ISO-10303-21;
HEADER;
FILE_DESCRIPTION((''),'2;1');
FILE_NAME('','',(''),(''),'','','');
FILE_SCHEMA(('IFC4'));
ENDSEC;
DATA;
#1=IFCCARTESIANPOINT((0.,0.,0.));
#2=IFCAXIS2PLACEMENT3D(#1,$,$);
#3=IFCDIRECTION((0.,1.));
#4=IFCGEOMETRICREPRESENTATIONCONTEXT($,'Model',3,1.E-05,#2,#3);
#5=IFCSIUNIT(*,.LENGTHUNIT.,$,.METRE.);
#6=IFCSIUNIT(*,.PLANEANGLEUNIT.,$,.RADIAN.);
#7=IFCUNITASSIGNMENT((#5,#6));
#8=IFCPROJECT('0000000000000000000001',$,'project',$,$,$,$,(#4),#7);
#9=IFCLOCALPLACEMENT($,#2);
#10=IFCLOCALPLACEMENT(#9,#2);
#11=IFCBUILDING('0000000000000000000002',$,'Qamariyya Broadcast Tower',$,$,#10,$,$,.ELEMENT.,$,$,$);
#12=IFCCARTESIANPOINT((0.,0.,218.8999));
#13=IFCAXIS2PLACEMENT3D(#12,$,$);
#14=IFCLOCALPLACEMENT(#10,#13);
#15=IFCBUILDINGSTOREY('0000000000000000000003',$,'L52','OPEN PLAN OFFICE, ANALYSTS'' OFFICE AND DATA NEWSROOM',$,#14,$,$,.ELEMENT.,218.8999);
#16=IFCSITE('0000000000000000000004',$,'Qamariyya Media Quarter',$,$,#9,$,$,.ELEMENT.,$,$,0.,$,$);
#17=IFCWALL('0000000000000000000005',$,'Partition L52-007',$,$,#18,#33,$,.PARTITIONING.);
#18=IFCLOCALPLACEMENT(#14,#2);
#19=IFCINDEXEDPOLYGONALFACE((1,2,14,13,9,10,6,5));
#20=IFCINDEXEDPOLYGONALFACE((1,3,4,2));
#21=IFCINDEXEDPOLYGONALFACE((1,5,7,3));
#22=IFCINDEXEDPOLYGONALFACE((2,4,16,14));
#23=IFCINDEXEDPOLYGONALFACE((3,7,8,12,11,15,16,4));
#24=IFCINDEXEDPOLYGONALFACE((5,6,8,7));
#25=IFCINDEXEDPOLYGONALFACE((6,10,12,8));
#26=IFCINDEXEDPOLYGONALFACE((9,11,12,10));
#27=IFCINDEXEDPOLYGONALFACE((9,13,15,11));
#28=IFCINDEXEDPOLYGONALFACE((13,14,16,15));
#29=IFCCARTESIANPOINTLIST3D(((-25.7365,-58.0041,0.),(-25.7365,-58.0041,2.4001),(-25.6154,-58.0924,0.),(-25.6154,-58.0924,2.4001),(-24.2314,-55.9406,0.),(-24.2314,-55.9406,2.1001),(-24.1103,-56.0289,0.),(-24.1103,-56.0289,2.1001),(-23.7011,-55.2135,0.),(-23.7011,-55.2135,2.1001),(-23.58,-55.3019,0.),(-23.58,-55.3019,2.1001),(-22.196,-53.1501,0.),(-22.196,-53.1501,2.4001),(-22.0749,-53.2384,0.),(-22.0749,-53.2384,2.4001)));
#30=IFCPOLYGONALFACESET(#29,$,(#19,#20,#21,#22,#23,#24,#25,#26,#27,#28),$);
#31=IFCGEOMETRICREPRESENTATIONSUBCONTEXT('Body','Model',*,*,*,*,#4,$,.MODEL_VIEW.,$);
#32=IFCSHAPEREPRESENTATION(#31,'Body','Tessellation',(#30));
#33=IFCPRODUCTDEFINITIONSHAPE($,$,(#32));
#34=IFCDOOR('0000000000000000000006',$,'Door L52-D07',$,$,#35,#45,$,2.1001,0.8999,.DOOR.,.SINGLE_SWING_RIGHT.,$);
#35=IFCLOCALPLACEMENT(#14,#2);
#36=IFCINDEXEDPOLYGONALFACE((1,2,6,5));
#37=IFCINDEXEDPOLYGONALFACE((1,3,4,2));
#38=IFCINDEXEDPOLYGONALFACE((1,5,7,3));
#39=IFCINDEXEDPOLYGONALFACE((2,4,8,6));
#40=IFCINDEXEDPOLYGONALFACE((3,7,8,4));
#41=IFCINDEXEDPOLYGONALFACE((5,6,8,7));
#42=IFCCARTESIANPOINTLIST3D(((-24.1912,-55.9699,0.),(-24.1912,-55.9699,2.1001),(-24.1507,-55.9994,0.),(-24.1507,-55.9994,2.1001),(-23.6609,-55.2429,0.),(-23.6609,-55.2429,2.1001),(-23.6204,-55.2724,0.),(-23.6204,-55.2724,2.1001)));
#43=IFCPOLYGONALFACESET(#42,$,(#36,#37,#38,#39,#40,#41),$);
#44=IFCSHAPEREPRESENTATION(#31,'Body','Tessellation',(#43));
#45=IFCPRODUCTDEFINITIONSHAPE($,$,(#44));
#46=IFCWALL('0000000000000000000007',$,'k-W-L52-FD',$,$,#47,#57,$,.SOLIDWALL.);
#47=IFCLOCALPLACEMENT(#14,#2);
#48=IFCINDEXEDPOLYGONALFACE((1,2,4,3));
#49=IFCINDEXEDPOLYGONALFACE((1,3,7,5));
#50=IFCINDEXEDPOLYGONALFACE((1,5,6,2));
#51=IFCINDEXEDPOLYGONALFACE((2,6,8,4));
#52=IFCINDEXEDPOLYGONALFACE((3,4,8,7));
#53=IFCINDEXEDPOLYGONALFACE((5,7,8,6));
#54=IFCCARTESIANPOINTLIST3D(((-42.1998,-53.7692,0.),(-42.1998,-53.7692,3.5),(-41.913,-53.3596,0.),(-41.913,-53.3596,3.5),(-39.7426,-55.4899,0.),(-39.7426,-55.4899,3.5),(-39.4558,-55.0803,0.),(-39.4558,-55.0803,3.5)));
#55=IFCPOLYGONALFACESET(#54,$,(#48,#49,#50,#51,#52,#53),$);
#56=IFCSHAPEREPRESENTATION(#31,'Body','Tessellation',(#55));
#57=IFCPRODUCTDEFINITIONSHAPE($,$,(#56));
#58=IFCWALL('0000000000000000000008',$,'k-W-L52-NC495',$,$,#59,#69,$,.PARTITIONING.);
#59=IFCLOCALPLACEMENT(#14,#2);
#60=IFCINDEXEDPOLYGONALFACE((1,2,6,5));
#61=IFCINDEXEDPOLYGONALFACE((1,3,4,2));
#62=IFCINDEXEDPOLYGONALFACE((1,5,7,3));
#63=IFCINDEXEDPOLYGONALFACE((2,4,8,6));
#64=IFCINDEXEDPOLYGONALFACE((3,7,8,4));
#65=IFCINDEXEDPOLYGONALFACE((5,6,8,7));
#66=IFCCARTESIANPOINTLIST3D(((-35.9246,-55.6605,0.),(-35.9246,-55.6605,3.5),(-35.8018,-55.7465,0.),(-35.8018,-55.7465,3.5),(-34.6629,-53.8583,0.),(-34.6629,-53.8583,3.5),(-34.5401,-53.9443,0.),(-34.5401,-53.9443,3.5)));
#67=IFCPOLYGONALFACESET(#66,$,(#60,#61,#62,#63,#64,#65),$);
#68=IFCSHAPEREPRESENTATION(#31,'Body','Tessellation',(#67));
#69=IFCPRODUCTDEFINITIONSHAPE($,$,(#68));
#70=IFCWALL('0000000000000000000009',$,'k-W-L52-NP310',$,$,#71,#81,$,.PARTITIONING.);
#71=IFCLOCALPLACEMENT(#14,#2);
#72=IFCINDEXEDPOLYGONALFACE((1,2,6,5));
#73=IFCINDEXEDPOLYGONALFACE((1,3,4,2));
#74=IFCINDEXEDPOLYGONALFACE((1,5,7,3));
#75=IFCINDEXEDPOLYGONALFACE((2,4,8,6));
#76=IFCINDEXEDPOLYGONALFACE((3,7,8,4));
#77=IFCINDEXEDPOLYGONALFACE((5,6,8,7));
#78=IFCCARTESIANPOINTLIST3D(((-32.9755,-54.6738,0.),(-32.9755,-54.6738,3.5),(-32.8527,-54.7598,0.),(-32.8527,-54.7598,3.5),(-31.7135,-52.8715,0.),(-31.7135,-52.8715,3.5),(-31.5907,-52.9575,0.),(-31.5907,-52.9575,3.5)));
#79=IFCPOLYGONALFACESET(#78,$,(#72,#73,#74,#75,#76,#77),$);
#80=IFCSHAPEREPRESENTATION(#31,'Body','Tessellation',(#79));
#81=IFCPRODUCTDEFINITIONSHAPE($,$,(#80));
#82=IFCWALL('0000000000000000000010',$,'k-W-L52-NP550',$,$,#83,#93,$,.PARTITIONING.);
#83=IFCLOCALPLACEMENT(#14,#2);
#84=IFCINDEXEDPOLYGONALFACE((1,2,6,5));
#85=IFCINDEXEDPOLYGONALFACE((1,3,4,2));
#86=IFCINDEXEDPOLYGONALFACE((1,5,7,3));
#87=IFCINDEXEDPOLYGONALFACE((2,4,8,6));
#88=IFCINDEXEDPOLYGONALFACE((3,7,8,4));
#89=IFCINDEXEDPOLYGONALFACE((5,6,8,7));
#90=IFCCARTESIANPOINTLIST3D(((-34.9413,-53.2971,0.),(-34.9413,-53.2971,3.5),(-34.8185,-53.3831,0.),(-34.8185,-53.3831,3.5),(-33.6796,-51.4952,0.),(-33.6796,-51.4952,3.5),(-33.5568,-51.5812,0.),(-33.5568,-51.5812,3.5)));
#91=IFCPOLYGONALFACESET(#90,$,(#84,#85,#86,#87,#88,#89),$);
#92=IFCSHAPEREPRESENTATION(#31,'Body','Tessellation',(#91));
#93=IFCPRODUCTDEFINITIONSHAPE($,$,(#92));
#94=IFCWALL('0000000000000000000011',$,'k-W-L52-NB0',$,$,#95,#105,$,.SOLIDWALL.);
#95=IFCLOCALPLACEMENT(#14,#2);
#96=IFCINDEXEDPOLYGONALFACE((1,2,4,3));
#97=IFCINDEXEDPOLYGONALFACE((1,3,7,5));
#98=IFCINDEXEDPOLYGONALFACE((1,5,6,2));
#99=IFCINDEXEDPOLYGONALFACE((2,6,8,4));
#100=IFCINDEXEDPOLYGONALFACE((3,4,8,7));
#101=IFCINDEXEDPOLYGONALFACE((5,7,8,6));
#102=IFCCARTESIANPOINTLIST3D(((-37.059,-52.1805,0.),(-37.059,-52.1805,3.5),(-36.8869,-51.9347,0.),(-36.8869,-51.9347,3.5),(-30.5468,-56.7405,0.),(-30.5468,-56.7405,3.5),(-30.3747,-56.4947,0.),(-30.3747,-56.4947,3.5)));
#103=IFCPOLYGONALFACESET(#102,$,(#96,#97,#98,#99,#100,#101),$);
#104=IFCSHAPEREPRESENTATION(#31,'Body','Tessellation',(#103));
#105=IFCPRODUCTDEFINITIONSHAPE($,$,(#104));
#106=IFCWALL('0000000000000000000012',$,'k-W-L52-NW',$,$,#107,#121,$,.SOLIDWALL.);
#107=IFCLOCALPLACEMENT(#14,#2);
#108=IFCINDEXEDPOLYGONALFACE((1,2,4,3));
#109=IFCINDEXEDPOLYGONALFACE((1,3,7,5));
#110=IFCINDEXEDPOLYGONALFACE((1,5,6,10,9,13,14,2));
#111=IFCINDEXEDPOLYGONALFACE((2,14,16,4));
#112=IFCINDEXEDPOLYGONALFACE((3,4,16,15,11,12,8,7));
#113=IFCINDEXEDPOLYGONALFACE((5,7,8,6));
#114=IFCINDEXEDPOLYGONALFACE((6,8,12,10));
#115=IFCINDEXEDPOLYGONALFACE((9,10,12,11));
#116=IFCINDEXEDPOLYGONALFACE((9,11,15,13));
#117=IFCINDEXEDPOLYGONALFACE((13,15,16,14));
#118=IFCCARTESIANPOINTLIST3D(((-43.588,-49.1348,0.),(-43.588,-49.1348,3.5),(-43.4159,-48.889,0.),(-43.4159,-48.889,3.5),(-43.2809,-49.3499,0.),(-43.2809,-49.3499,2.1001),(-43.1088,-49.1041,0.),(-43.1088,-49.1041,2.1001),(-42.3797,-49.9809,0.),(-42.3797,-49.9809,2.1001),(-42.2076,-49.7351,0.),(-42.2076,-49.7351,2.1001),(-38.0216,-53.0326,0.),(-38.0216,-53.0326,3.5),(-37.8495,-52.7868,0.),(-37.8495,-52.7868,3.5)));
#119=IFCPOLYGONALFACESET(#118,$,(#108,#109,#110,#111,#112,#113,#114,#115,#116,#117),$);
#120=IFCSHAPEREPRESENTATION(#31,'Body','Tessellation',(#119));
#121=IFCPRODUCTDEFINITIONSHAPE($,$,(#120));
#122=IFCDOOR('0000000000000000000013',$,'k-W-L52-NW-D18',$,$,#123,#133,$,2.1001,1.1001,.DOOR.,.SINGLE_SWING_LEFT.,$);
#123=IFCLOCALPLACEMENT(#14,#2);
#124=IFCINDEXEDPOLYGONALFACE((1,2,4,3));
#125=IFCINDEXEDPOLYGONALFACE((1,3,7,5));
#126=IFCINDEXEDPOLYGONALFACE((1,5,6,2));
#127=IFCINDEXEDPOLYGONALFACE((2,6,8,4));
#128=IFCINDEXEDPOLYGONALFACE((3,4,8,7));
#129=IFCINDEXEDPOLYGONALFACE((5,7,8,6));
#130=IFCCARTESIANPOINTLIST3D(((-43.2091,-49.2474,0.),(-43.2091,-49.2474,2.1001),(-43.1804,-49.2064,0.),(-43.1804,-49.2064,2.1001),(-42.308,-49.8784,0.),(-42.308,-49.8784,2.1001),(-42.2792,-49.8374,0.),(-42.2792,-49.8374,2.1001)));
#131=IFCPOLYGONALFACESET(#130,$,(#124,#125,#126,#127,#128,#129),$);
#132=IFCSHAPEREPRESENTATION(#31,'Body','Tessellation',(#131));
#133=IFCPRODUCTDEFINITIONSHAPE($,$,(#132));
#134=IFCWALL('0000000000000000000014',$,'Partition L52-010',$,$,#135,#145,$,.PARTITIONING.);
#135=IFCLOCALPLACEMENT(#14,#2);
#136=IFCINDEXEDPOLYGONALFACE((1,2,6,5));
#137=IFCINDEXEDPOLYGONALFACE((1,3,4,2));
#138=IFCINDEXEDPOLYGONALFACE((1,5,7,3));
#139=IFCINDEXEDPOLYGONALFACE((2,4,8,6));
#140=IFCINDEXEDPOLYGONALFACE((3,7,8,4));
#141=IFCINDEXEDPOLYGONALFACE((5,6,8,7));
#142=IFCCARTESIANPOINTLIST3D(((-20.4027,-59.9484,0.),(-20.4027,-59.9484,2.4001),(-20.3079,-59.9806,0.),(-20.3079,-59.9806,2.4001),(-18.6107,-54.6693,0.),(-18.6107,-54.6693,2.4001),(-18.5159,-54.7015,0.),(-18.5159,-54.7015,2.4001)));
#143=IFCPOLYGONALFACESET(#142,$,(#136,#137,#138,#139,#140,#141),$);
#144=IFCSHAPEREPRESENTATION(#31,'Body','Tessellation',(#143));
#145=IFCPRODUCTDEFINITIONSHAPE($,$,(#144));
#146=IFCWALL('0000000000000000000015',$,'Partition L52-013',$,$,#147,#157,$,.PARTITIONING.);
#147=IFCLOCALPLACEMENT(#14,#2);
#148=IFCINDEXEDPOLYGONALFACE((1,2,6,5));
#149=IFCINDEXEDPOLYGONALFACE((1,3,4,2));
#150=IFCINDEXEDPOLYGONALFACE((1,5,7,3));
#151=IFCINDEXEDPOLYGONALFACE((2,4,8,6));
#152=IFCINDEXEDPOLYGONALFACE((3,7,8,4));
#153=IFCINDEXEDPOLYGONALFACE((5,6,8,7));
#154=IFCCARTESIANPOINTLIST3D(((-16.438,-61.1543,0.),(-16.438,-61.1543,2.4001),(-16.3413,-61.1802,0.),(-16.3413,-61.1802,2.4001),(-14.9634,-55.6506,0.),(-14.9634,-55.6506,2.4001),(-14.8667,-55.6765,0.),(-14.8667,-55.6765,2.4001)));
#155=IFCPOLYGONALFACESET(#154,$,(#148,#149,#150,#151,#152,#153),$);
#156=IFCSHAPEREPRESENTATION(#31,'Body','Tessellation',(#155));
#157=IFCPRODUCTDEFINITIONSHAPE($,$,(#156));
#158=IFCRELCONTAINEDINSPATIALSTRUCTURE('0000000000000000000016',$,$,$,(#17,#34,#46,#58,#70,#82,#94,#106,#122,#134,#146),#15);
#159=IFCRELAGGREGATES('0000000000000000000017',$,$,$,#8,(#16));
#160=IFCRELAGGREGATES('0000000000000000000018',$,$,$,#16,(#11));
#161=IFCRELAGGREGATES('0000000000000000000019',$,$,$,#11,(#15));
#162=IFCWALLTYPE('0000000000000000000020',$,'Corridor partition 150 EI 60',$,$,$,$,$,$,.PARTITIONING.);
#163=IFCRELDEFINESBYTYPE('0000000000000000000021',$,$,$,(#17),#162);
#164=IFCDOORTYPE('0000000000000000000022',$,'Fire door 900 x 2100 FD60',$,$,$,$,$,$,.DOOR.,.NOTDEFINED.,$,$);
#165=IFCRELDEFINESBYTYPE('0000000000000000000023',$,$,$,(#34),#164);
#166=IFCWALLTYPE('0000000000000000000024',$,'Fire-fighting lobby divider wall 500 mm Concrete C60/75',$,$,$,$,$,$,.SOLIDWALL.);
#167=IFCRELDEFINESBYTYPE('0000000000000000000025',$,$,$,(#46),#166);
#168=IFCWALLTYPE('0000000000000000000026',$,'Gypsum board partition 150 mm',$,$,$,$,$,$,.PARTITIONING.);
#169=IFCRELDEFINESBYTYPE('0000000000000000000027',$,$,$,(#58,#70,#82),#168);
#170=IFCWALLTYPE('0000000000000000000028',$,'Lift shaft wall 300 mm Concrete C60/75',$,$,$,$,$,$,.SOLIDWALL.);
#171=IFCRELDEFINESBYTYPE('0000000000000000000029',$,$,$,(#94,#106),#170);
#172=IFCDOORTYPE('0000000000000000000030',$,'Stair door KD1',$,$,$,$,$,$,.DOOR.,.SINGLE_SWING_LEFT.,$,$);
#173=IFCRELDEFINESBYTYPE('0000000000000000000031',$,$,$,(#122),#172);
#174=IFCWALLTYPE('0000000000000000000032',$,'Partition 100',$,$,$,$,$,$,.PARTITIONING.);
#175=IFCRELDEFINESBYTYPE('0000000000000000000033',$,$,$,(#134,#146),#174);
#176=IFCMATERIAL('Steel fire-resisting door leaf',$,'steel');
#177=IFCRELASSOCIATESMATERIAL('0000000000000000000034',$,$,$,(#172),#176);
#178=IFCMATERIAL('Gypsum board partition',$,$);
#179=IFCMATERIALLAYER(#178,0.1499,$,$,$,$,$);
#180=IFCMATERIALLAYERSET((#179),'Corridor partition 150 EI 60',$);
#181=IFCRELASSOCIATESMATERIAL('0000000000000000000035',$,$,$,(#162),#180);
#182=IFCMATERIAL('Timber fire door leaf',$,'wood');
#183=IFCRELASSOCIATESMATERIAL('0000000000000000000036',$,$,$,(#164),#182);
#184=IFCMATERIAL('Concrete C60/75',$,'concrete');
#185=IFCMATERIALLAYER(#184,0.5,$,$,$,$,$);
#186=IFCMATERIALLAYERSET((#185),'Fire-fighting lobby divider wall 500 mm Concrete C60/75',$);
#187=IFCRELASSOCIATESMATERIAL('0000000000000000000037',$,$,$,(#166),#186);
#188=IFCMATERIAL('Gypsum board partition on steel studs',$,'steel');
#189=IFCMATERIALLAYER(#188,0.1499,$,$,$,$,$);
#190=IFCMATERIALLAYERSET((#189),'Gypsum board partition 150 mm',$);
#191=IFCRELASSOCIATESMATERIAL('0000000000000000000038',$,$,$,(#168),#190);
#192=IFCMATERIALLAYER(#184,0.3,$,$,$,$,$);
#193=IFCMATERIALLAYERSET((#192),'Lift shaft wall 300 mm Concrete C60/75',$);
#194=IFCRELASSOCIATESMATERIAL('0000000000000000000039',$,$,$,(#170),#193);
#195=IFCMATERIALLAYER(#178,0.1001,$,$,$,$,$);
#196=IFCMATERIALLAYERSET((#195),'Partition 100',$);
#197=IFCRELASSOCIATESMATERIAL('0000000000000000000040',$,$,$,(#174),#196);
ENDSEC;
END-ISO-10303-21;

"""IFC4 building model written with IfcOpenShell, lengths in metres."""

from ifc_helpers import new_model, si_unit, direction, frame, frame_2d, origin, place, context, subcontext, project, spatial, rectangle, extrude, material, layer, layer_set, type_object, element, fill, save


model = new_model("IFC4")

# Units and contexts
model_context = context("Model", 3, precision=1e-05, world=origin(), true_north=direction((0.0, 1.0)))
body_context = subcontext(model_context, "Body", "Model", "MODEL_VIEW")
ifc_project = project(units=[si_unit("LENGTHUNIT", "METRE"), si_unit("PLANEANGLEUNIT", "RADIAN")], contexts=[model_context])

# Site, building, storey
site_placement = place(None, origin())
site = spatial("IfcSite", under=ifc_project, at=site_placement, Name="Qamariyya Media Quarter", CompositionType="ELEMENT", RefElevation=0.0)
building_placement = place(site_placement, origin())
building = spatial("IfcBuilding", under=site, at=building_placement, Name="Qamariyya Broadcast Tower", CompositionType="ELEMENT")
storey_placement = place(building_placement, frame((0.0, 0.0, 218.8999)))
storey = spatial("IfcBuildingStorey", under=building, at=storey_placement, Name="L52", Description="OPEN PLAN OFFICE, ANALYSTS' OFFICE AND DATA NEWSROOM", CompositionType="ELEMENT", Elevation=218.8999)

# Shared definitions
ifc_material_1 = material(Name="Concrete C60/75", Category="concrete")

# Shared definitions
ifc_material_2 = material(Name="Steel fire-resisting door leaf", Category="steel")
door_type_1 = type_object("IfcDoorType", Name="Stair door KD1", OperationType="SINGLE_SWING_LEFT", PredefinedType="DOOR", material=ifc_material_2)

# Wall, opening, door
ifc_material_3 = material(Name="Gypsum board partition")
ifc_layer_1 = layer(ifc_material_3, 0.1499)
ifc_layer_set_1 = layer_set([ifc_layer_1], Name="Corridor partition 150 EI 60")
wall_type_1 = type_object("IfcWallType", Name="Corridor partition 150 EI 60", PredefinedType="PARTITIONING", material=ifc_layer_set_1)
wall_1_placement = place(storey_placement, frame((-22.1355, -53.1943, 0.0), z_axis=(0.0, 0.0, 1.0), x_axis=(-0.589297, -0.807916, 0.0)))
wall_1 = element("IfcWall", 1, at=wall_1_placement, inside=storey, type_object=wall_type_1, Name="Partition L52-007", PredefinedType="PARTITIONING", context=body_context, shape_type="SweptSolid", body=[
    extrude(rectangle(XDim=6.0081, YDim=0.1499, at=frame_2d((3.0039, 0.0))), origin(), (0.0, 0.0, 1.0), 2.4001),
])
opening_1_placement = place(wall_1_placement, frame((2.554, 0.0, 0.0)))
opening_1 = element("IfcOpeningElement", 2, at=opening_1_placement, cuts=wall_1, PredefinedType="OPENING", context=body_context, shape_type="SweptSolid", body=[
    extrude(rectangle(XDim=0.8999, YDim=2.1001, at=frame_2d((0.45, 1.05))), frame((0.0, 0.085, 0.0), z_axis=(0.0, -1.0, 0.0), x_axis=(1.0, 0.0, 0.0)), (0.0, 0.0, 1.0), 0.1699),
])
ifc_material_4 = material(Name="Timber fire door leaf", Category="wood")
door_type_2 = type_object("IfcDoorType", Name="Fire door 900 x 2100 FD60", OperationType="NOTDEFINED", PredefinedType="DOOR", material=ifc_material_4)
door_1_placement = place(opening_1_placement, origin())
door_1 = element("IfcDoor", 3, at=door_1_placement, inside=storey, type_object=door_type_2, Name="Door L52-D07", OperationType="SINGLE_SWING_RIGHT", OverallHeight=2.1001, OverallWidth=0.8999, PredefinedType="DOOR", context=body_context, shape_type="SweptSolid", body=[
    extrude(rectangle(XDim=0.8999, YDim=2.1001, at=frame_2d((0.45, 1.05))), frame((0.0, 0.0249, 0.0), z_axis=(0.0, -1.0, 0.0), x_axis=(1.0, 0.0, 0.0)), (0.0, 0.0, 1.0), 0.05),
])
fill(opening_1, door_1)

# Walls
ifc_layer_2 = layer(ifc_material_1, 0.5)
ifc_layer_set_2 = layer_set([ifc_layer_2], Name="Fire-fighting lobby divider wall 500 mm Concrete C60/75")
wall_type_2 = type_object("IfcWallType", Name="Fire-fighting lobby divider wall 500 mm Concrete C60/75", PredefinedType="SOLIDWALL", material=ifc_layer_set_2)
wall_2_placement = place(storey_placement, frame((-39.5991, -55.2852, 0.0), z_axis=(0.0, 0.0, 1.0), x_axis=(-0.819136, 0.573599, 0.0)))
element("IfcWall", 4, at=wall_2_placement, inside=storey, type_object=wall_type_2, Name="k-W-L52-FD", PredefinedType="SOLIDWALL", context=body_context, shape_type="SweptSolid", body=[
    extrude(rectangle(XDim=2.9998, YDim=0.5, at=frame_2d((1.5, 0.0))), origin(), (0.0, 0.0, 1.0), 3.5),
])
ifc_material_5 = material(Name="Gypsum board partition on steel studs", Category="steel")
ifc_layer_3 = layer(ifc_material_5, 0.1499)
ifc_layer_set_3 = layer_set([ifc_layer_3], Name="Gypsum board partition 150 mm")
wall_type_3 = type_object("IfcWallType", Name="Gypsum board partition 150 mm", PredefinedType="PARTITIONING", material=ifc_layer_set_3)
wall_3_placement = place(storey_placement, frame((-35.8633, -55.7036, 0.0), z_axis=(0.0, 0.0, 1.0), x_axis=(0.573507, 0.819201, 0.0)))
element("IfcWall", 5, at=wall_3_placement, inside=storey, type_object=wall_type_3, Name="k-W-L52-NC495", PredefinedType="PARTITIONING", context=body_context, shape_type="SweptSolid", body=[
    extrude(rectangle(XDim=2.2, YDim=0.1499, at=frame_2d((1.1001, 0.0))), origin(), (0.0, 0.0, 1.0), 3.5),
])
wall_4_placement = place(storey_placement, frame((-32.9141, -54.7168, 0.0), z_axis=(0.0, 0.0, 1.0), x_axis=(0.573581, 0.819149, 0.0)))
element("IfcWall", 6, at=wall_4_placement, inside=storey, type_object=wall_type_3, Name="k-W-L52-NP310", PredefinedType="PARTITIONING", context=body_context, shape_type="SweptSolid", body=[
    extrude(rectangle(XDim=2.2002, YDim=0.1499, at=frame_2d((1.1001, 0.0))), origin(), (0.0, 0.0, 1.0), 3.5),
])
wall_5_placement = place(storey_placement, frame((-34.8799, -53.3401, 0.0), z_axis=(0.0, 0.0, 1.0), x_axis=(0.573559, 0.819164, 0.0)))
element("IfcWall", 7, at=wall_5_placement, inside=storey, type_object=wall_type_3, Name="k-W-L52-NP550", PredefinedType="PARTITIONING", context=body_context, shape_type="SweptSolid", body=[
    extrude(rectangle(XDim=2.1997, YDim=0.1499, at=frame_2d((1.0999, 0.0))), origin(), (0.0, 0.0, 1.0), 3.5),
])
ifc_layer_4 = layer(ifc_material_1, 0.3)
ifc_layer_set_4 = layer_set([ifc_layer_4], Name="Lift shaft wall 300 mm Concrete C60/75")
wall_type_4 = type_object("IfcWallType", Name="Lift shaft wall 300 mm Concrete C60/75", PredefinedType="SOLIDWALL", material=ifc_layer_set_4)
wall_6_placement = place(storey_placement, frame((-30.4607, -56.6177, 0.0), z_axis=(0.0, 0.0, 1.0), x_axis=(-0.819142, 0.57359, 0.0)))
element("IfcWall", 8, at=wall_6_placement, inside=storey, type_object=wall_type_4, Name="k-W-L52-NB0", PredefinedType="SOLIDWALL", context=body_context, shape_type="SweptSolid", body=[
    extrude(rectangle(XDim=7.95, YDim=0.3, at=frame_2d((3.9751, 0.0))), origin(), (0.0, 0.0, 1.0), 3.5),
])

# Wall, opening, door
wall_7_placement = place(storey_placement, frame((-37.9355, -52.9097, 0.0), z_axis=(0.0, 0.0, 1.0), x_axis=(-0.819148, 0.573583, 0.0)))
wall_7 = element("IfcWall", 9, at=wall_7_placement, inside=storey, type_object=wall_type_4, Name="k-W-L52-NW", PredefinedType="SOLIDWALL", context=body_context, shape_type="SweptSolid", body=[
    extrude(rectangle(XDim=6.7954, YDim=0.3, at=frame_2d((3.3977, 0.0))), origin(), (0.0, 0.0, 1.0), 3.5),
])
opening_2_placement = place(wall_7_placement, frame((5.3203, 0.0, 0.0)))
opening_2 = element("IfcOpeningElement", 10, at=opening_2_placement, cuts=wall_7, PredefinedType="OPENING", context=body_context, shape_type="SweptSolid", body=[
    extrude(rectangle(XDim=1.1001, YDim=2.1001, at=frame_2d((0.55, 1.05))), frame((0.0, 0.1599, 0.0), z_axis=(0.0, -1.0, 0.0), x_axis=(1.0, 0.0, 0.0)), (0.0, 0.0, 1.0), 0.3201),
])
door_2_placement = place(opening_2_placement, origin())
door_2 = element("IfcDoor", 11, at=door_2_placement, inside=storey, type_object=door_type_1, Name="k-W-L52-NW-D18", OperationType="SINGLE_SWING_LEFT", OverallHeight=2.1001, OverallWidth=1.1001, PredefinedType="DOOR", context=body_context, shape_type="SweptSolid", body=[
    extrude(rectangle(XDim=1.1001, YDim=2.1001, at=frame_2d((0.55, 1.05))), frame((0.0, 0.0249, 0.0), z_axis=(0.0, -1.0, 0.0), x_axis=(1.0, 0.0, 0.0)), (0.0, 0.0, 1.0), 0.05),
])
fill(opening_2, door_2)

# Walls
ifc_layer_5 = layer(ifc_material_3, 0.1001)
ifc_layer_set_5 = layer_set([ifc_layer_5], Name="Partition 100")
wall_type_5 = type_object("IfcWallType", Name="Partition 100", PredefinedType="PARTITIONING", material=ifc_layer_set_5)
wall_8_placement = place(storey_placement, frame((-18.5632, -54.6853, 0.0), z_axis=(0.0, 0.0, 1.0), x_axis=(-0.321439, -0.94693, 0.0)))
element("IfcWall", 12, at=wall_8_placement, inside=storey, type_object=wall_type_5, Name="Partition L52-010", PredefinedType="PARTITIONING", context=body_context, shape_type="SweptSolid", body=[
    extrude(rectangle(XDim=5.575, YDim=0.1001, at=frame_2d((2.7876, 0.0))), origin(), (0.0, 0.0, 1.0), 2.4001),
])
wall_9_placement = place(storey_placement, frame((-14.915, -55.6636, 0.0), z_axis=(0.0, 0.0, 1.0), x_axis=(-0.258804, -0.96593, 0.0)))
element("IfcWall", 13, at=wall_9_placement, inside=storey, type_object=wall_type_5, Name="Partition L52-013", PredefinedType="PARTITIONING", context=body_context, shape_type="SweptSolid", body=[
    extrude(rectangle(XDim=5.6978, YDim=0.1001, at=frame_2d((2.8489, 0.0))), origin(), (0.0, 0.0, 1.0), 2.4001),
])

save(model, "model.ifc")
